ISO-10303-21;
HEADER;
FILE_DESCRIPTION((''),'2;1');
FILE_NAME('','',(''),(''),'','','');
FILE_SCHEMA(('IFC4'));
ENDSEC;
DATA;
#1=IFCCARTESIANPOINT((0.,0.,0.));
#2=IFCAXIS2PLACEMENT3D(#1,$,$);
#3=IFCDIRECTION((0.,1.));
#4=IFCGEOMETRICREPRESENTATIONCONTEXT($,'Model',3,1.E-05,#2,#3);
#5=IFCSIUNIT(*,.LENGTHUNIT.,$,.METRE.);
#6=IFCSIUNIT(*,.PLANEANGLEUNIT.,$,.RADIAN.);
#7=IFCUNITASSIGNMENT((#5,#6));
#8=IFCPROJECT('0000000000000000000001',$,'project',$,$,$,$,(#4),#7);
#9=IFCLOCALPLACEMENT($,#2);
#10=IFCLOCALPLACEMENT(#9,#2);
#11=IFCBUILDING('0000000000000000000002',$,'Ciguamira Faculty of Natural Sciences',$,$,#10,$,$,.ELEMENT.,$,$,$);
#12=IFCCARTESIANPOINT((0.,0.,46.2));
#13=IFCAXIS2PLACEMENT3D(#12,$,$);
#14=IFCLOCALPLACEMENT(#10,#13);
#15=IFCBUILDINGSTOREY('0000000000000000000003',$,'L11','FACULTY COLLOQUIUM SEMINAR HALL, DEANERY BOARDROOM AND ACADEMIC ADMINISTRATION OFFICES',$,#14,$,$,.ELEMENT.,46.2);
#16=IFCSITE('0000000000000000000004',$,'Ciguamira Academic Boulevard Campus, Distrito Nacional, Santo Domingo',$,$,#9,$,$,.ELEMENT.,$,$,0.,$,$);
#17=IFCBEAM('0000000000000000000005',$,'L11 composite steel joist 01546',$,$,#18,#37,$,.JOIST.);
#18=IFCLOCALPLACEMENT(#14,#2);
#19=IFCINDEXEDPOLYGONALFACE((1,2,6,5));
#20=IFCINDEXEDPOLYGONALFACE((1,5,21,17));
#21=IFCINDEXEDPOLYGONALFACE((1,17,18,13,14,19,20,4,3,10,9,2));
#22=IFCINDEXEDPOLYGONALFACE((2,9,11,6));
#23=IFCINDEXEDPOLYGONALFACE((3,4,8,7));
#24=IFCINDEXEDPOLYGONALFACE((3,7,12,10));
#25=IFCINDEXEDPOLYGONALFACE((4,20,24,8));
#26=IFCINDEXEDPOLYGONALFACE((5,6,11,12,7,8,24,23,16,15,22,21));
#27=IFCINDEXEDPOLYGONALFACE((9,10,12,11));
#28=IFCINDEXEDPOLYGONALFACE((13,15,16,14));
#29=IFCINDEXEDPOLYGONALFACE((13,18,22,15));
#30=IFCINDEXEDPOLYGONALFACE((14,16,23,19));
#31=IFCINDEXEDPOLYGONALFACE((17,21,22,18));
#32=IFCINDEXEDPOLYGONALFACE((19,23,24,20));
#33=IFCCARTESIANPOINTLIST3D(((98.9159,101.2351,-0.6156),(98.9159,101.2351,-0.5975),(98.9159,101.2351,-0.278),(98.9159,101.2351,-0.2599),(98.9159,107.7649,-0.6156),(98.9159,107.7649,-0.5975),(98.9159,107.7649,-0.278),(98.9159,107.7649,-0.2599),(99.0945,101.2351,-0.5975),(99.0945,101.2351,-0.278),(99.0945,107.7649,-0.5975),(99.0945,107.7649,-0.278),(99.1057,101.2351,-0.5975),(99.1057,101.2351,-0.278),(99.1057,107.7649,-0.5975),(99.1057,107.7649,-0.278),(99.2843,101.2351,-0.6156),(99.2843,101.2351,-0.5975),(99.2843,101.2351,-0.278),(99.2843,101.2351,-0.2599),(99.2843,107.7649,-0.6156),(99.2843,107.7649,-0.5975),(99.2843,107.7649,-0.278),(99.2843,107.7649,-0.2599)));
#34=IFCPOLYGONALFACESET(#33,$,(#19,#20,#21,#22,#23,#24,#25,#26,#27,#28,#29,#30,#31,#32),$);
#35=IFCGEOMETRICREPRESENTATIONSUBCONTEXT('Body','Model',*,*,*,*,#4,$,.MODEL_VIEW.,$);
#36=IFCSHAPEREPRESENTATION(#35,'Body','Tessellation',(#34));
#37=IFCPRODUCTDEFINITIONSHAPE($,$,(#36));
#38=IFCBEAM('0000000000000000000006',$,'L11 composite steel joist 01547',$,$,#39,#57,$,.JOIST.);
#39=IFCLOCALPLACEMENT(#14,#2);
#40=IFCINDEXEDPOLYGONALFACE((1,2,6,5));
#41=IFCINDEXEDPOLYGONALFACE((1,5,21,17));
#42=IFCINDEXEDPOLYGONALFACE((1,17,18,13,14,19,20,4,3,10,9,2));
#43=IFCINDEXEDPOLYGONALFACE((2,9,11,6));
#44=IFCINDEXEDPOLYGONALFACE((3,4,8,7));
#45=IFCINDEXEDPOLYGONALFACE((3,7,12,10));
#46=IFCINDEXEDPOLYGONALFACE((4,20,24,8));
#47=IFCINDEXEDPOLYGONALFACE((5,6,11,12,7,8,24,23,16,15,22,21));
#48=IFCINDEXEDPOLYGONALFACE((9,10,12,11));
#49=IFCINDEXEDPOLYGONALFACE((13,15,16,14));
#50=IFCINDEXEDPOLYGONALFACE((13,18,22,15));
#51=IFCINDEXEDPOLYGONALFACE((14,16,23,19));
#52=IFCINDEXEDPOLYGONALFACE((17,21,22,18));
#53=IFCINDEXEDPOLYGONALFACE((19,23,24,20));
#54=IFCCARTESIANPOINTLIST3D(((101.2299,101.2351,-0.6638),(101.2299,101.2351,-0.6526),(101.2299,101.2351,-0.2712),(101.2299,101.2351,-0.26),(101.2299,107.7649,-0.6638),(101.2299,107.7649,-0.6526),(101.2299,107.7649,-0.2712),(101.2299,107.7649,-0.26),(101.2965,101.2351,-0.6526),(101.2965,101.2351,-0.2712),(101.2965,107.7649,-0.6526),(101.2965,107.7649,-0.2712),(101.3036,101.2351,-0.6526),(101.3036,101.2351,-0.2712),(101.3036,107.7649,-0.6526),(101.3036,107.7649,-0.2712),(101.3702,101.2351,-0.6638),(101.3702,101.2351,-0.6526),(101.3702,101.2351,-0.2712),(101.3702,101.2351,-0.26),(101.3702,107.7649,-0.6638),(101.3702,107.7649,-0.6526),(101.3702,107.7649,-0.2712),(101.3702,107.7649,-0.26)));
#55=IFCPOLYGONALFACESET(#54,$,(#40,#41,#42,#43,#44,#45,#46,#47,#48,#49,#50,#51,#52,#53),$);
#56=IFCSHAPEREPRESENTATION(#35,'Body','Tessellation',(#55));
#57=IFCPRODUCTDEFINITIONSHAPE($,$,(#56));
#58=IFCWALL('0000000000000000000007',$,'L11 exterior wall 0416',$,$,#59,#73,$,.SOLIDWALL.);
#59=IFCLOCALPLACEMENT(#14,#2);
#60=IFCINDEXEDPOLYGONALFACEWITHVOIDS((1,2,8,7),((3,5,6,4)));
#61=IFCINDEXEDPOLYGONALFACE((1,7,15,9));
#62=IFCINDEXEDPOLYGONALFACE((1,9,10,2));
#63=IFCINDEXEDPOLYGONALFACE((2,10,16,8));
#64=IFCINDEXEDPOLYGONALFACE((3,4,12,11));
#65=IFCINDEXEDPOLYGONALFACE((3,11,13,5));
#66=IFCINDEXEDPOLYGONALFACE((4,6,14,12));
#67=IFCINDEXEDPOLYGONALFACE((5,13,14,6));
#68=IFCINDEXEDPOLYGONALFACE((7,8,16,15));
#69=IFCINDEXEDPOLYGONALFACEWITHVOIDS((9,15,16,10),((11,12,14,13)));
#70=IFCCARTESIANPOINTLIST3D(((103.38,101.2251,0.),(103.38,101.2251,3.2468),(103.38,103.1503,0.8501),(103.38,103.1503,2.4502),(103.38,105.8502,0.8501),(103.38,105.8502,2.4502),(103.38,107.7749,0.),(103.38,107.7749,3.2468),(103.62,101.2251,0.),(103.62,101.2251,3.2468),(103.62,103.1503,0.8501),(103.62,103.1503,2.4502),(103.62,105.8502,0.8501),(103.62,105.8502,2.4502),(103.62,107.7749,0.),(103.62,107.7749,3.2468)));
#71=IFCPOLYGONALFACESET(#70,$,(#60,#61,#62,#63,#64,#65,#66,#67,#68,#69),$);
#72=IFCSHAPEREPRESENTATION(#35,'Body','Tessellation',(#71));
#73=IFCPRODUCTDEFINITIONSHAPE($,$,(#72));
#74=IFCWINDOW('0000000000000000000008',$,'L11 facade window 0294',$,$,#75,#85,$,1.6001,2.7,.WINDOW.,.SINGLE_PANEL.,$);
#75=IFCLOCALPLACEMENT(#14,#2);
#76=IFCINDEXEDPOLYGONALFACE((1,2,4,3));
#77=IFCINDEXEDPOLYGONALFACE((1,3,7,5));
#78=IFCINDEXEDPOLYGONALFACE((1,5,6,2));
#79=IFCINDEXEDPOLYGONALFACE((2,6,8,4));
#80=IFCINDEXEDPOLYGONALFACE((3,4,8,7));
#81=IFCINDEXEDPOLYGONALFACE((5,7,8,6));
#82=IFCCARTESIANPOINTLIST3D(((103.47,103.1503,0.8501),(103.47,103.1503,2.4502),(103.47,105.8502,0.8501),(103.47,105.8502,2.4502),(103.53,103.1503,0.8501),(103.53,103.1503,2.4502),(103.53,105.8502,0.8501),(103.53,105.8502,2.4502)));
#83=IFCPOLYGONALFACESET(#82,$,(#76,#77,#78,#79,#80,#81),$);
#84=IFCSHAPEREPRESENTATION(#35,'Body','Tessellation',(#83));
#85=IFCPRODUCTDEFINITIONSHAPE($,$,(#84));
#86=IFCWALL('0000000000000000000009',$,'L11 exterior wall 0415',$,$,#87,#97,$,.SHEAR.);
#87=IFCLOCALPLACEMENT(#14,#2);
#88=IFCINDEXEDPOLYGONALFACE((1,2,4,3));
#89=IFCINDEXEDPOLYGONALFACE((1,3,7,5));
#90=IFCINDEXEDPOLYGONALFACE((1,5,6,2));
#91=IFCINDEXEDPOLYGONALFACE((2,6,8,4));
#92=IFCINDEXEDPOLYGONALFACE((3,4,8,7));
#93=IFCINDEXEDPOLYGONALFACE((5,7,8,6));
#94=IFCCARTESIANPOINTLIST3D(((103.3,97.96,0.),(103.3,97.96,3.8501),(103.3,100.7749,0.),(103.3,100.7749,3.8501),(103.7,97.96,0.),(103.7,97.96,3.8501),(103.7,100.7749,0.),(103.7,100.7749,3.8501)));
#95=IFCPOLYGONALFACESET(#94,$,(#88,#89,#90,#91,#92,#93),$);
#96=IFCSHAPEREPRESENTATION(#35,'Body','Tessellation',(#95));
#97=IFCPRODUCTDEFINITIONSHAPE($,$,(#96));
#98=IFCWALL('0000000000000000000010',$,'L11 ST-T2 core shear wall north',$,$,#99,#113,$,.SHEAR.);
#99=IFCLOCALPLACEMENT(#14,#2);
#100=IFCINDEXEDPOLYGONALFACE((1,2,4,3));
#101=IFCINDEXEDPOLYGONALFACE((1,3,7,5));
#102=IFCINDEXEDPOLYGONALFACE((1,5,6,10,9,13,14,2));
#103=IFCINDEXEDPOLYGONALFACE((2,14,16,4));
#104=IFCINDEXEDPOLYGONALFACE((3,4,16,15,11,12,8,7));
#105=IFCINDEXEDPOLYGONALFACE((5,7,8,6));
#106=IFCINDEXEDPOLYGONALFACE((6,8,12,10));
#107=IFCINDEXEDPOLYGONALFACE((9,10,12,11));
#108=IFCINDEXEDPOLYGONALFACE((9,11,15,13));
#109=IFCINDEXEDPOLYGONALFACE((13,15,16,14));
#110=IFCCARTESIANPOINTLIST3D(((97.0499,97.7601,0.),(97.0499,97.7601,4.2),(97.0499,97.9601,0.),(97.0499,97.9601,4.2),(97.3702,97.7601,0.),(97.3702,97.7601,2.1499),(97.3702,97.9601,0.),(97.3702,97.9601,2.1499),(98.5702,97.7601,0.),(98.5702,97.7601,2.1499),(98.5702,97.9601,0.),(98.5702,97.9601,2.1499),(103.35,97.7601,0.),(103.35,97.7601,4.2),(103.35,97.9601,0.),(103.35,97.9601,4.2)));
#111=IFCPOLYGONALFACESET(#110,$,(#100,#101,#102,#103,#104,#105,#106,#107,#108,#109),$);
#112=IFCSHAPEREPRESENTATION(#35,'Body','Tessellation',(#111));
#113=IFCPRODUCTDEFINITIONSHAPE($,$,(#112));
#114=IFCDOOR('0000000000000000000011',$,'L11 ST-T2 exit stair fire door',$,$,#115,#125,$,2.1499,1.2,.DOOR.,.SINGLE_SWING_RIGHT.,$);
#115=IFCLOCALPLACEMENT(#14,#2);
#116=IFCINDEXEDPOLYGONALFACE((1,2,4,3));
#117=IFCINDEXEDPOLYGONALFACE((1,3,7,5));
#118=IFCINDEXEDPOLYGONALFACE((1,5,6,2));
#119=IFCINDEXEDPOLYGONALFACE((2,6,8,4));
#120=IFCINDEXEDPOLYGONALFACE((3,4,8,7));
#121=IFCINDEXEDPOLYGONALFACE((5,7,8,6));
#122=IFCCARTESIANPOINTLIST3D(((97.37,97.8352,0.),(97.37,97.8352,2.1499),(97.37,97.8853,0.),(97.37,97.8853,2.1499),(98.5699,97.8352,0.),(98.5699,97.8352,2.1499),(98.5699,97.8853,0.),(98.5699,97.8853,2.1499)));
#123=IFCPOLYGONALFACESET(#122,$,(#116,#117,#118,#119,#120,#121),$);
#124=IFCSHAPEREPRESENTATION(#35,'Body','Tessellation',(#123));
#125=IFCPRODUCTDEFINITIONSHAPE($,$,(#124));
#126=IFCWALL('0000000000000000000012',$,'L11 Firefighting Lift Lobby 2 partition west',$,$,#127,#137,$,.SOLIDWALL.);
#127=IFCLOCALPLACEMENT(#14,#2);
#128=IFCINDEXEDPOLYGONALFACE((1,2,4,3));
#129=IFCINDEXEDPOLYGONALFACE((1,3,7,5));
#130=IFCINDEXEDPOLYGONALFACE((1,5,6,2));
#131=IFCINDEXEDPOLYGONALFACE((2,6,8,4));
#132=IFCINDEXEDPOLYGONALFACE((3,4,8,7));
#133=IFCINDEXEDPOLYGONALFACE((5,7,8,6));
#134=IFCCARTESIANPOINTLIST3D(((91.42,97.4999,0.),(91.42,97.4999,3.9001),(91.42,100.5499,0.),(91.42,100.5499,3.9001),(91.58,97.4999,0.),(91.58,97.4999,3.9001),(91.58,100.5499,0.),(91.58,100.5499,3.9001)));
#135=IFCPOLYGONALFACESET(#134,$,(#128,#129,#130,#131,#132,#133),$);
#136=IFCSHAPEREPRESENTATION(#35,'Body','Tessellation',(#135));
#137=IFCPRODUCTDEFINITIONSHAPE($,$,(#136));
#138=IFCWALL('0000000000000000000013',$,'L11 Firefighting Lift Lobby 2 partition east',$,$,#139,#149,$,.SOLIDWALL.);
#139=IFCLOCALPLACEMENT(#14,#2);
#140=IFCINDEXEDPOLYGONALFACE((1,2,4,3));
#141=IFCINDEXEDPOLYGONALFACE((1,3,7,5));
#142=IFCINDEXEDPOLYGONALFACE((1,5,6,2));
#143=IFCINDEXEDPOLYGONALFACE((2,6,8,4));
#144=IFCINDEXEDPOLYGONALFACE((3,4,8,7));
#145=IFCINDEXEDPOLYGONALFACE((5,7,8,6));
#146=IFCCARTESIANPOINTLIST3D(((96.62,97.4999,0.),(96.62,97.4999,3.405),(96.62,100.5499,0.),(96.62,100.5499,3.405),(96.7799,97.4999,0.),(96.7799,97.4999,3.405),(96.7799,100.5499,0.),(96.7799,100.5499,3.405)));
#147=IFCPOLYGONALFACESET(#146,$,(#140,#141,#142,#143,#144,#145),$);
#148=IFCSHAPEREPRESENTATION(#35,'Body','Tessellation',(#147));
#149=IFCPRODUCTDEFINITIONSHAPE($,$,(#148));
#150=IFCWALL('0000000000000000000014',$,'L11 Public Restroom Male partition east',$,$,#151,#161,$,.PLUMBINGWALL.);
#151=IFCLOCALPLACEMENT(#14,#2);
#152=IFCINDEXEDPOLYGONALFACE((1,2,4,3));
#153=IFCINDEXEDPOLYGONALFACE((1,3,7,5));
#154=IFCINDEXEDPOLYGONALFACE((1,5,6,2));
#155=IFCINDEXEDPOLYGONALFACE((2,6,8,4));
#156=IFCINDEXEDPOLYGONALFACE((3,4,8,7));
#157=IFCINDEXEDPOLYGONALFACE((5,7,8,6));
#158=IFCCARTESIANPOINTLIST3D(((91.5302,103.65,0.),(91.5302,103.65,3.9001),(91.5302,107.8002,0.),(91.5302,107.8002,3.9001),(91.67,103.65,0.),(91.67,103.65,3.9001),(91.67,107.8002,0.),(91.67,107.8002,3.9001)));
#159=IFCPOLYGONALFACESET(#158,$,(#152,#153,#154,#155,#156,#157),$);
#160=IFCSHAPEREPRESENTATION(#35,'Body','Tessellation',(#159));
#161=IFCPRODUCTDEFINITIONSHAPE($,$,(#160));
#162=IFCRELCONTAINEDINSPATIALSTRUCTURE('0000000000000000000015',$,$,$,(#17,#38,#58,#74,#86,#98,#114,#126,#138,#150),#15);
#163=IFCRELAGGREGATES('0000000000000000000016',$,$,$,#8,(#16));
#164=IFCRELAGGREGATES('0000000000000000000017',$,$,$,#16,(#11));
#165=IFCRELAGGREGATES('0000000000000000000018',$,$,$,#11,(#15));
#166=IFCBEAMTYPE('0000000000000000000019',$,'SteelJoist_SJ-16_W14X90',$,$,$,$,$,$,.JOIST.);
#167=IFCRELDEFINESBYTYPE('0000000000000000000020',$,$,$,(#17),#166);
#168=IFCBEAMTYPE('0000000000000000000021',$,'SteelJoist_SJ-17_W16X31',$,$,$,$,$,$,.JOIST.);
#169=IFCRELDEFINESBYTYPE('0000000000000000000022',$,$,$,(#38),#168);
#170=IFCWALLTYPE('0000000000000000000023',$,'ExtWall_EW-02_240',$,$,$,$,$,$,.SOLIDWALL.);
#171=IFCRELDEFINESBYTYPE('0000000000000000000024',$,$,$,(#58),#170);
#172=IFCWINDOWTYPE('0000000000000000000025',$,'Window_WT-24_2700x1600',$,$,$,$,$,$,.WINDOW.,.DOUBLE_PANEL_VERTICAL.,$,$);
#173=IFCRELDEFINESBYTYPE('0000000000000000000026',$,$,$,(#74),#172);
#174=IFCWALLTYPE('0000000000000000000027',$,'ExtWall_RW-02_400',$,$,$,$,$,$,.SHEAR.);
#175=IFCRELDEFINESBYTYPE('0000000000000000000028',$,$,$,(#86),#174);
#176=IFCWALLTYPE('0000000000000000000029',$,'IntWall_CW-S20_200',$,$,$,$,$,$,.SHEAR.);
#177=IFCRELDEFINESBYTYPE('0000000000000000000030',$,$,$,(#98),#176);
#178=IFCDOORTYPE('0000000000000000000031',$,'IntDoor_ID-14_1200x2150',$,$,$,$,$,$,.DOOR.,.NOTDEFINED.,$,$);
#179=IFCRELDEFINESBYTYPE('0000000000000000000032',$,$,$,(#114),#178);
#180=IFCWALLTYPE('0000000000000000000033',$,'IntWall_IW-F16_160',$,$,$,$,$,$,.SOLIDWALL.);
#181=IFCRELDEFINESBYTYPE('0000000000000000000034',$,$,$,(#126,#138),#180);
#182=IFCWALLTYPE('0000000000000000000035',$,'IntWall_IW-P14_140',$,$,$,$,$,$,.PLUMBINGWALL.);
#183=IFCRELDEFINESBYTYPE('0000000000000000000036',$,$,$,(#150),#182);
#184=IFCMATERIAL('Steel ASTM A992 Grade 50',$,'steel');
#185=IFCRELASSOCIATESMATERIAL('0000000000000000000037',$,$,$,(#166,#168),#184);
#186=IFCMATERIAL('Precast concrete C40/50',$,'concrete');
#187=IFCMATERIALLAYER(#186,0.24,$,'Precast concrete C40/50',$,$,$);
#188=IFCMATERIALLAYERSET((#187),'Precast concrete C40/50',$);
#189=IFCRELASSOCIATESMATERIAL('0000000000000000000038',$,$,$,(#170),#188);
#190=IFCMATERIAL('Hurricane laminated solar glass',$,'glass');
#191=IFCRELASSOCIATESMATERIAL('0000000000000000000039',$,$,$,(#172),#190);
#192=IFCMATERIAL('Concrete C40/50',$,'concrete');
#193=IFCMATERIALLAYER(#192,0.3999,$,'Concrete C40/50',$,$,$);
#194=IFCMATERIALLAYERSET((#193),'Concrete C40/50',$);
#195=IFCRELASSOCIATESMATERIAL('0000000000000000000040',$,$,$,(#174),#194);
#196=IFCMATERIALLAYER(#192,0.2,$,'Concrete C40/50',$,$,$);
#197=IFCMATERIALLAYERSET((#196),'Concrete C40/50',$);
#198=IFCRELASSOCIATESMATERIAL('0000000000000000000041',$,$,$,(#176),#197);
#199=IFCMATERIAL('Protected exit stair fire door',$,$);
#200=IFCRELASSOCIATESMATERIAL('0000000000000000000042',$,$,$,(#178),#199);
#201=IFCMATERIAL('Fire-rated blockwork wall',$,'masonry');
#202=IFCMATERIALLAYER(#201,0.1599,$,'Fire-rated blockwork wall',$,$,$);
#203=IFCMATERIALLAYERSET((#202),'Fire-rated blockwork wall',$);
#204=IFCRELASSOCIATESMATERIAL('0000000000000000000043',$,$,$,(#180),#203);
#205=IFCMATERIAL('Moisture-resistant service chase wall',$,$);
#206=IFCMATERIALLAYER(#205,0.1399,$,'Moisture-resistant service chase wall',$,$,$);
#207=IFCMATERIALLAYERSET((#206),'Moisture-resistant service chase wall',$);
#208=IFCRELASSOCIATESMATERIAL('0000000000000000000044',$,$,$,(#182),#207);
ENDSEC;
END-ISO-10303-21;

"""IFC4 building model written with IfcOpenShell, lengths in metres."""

from ifc_helpers import new_model, si_unit, direction, frame, frame_2d, origin, origin_2d, place, context, subcontext, project, spatial, rectangle, i_section, extrude, material, layer, layer_set, material_profile, profile_set, type_object, element, fill, save


model = new_model("IFC4")

# Units and contexts
model_context = context("Model", 3, precision=1e-05, world=origin(), true_north=direction((0.0, 1.0)))
body_context = subcontext(model_context, "Body", "Model", "MODEL_VIEW")
ifc_project = project(units=[si_unit("LENGTHUNIT", "METRE"), si_unit("PLANEANGLEUNIT", "RADIAN")], contexts=[model_context])

# Site, building, storey
site_placement = place(None, origin())
site = spatial("IfcSite", under=ifc_project, at=site_placement, Name="Ciguamira Academic Boulevard Campus, Distrito Nacional, Santo Domingo", CompositionType="ELEMENT", RefElevation=0.0)
building_placement = place(site_placement, origin())
building = spatial("IfcBuilding", under=site, at=building_placement, Name="Ciguamira Faculty of Natural Sciences", CompositionType="ELEMENT")
storey_placement = place(building_placement, frame((0.0, 0.0, 46.2)))
storey = spatial("IfcBuildingStorey", under=building, at=storey_placement, Name="L11", Description="FACULTY COLLOQUIUM SEMINAR HALL, DEANERY BOARDROOM AND ACADEMIC ADMINISTRATION OFFICES", CompositionType="ELEMENT", Elevation=46.2)

# Shared definitions
ifc_material_1 = material(Name="Concrete C40/50", Category="concrete")

# Beams
ifc_material_2 = material(Name="Precast concrete C40/50", Category="concrete")
ifc_material_3 = material(Name="Steel ASTM A992 Grade 50", Category="steel")
ifc_material_profile_1 = material_profile(ifc_material_3, i_section(OverallWidth=0.3684, OverallDepth=0.3557, WebThickness=0.0112, FlangeThickness=0.0181, at=origin_2d()), Name="W14X90")
ifc_profile_set_1 = profile_set([ifc_material_profile_1], Name="Steel ASTM A992 Grade 50")
beam_type_1 = type_object("IfcBeamType", Name="SteelJoist_SJ-16_W14X90", PredefinedType="JOIST", material=ifc_profile_set_1)
beam_1_placement = place(storey_placement, frame((99.1001, 101.2351, -0.4377), z_axis=(0.0, 1.0, 0.0), x_axis=(-1.0, 0.0, 0.0)))
element("IfcBeam", 1, at=beam_1_placement, inside=storey, type_object=beam_type_1, Name="L11 composite steel joist 01546", PredefinedType="JOIST", context=body_context, shape_type="SweptSolid", body=[
    extrude(i_section(OverallWidth=0.3684, OverallDepth=0.3557, WebThickness=0.0112, FlangeThickness=0.0181, at=origin_2d()), origin(), (0.0, 0.0, 1.0), 6.5298),
])
ifc_material_profile_2 = material_profile(ifc_material_3, i_section(OverallWidth=0.1404, OverallDepth=0.4038, WebThickness=0.0071, FlangeThickness=0.0112, at=origin_2d()), Name="W16X31")
ifc_profile_set_2 = profile_set([ifc_material_profile_2], Name="Steel ASTM A992 Grade 50")
beam_type_2 = type_object("IfcBeamType", Name="SteelJoist_SJ-17_W16X31", PredefinedType="JOIST", material=ifc_profile_set_2)
beam_2_placement = place(storey_placement, frame((101.3, 101.2351, -0.4619), z_axis=(0.0, 1.0, 0.0), x_axis=(-1.0, 0.0, 0.0)))
element("IfcBeam", 2, at=beam_2_placement, inside=storey, type_object=beam_type_2, Name="L11 composite steel joist 01547", PredefinedType="JOIST", context=body_context, shape_type="SweptSolid", body=[
    extrude(i_section(OverallWidth=0.1404, OverallDepth=0.4038, WebThickness=0.0071, FlangeThickness=0.0112, at=origin_2d()), origin(), (0.0, 0.0, 1.0), 6.5298),
])

# Wall, opening, window
ifc_layer_1 = layer(ifc_material_2, 0.24, Name="Precast concrete C40/50")
ifc_layer_set_1 = layer_set([ifc_layer_1], Name="Precast concrete C40/50")
wall_type_1 = type_object("IfcWallType", Name="ExtWall_EW-02_240", PredefinedType="SOLIDWALL", material=ifc_layer_set_1)
wall_1_placement = place(storey_placement, frame((103.5, 101.2251, 0.0), z_axis=(0.0, 0.0, 1.0), x_axis=(0.0, 1.0, 0.0)))
wall_1 = element("IfcWall", 3, at=wall_1_placement, inside=storey, type_object=wall_type_1, Name="L11 exterior wall 0416", PredefinedType="SOLIDWALL", context=body_context, shape_type="SweptSolid", body=[
    extrude(rectangle(XDim=6.5498, YDim=0.24, at=frame_2d((3.2749, 0.0))), origin(), (0.0, 0.0, 1.0), 3.2468),
])
opening_1_placement = place(wall_1_placement, frame((1.925, 0.0, 0.8501)))
opening_1 = element("IfcOpeningElement", 4, at=opening_1_placement, cuts=wall_1, PredefinedType="OPENING", context=body_context, shape_type="SweptSolid", body=[
    extrude(rectangle(XDim=2.7, YDim=1.6001, at=frame_2d((1.3501, 0.8))), frame((0.0, 0.1299, 0.0), z_axis=(0.0, -1.0, 0.0), x_axis=(1.0, 0.0, 0.0)), (0.0, 0.0, 1.0), 0.26),
])
ifc_material_4 = material(Name="Hurricane laminated solar glass", Category="glass")
window_type = type_object("IfcWindowType", Name="Window_WT-24_2700x1600", PartitioningType="DOUBLE_PANEL_VERTICAL", PredefinedType="WINDOW", material=ifc_material_4)
window_placement = place(opening_1_placement, origin())
window = element("IfcWindow", 5, at=window_placement, inside=storey, type_object=window_type, Name="L11 facade window 0294", OverallHeight=1.6001, OverallWidth=2.7, PartitioningType="SINGLE_PANEL", PredefinedType="WINDOW", context=body_context, shape_type="SweptSolid", body=[
    extrude(rectangle(XDim=2.7, YDim=1.6001, at=frame_2d((1.3501, 0.8))), frame((0.0, 0.03, 0.0), z_axis=(0.0, -1.0, 0.0), x_axis=(1.0, 0.0, 0.0)), (0.0, 0.0, 1.0), 0.0601),
])
fill(opening_1, window)

# Wall
ifc_layer_2 = layer(ifc_material_1, 0.3999, Name="Concrete C40/50")
ifc_layer_set_2 = layer_set([ifc_layer_2], Name="Concrete C40/50")
wall_type_2 = type_object("IfcWallType", Name="ExtWall_RW-02_400", PredefinedType="SHEAR", material=ifc_layer_set_2)
wall_2_placement = place(storey_placement, frame((103.5, 97.96, 0.0), z_axis=(0.0, 0.0, 1.0), x_axis=(0.0, 1.0, 0.0)))
element("IfcWall", 6, at=wall_2_placement, inside=storey, type_object=wall_type_2, Name="L11 exterior wall 0415", PredefinedType="SHEAR", context=body_context, shape_type="SweptSolid", body=[
    extrude(rectangle(XDim=2.8149, YDim=0.3999, at=frame_2d((1.4075, 0.0))), origin(), (0.0, 0.0, 1.0), 3.8501),
])

# Wall, opening, door
ifc_layer_3 = layer(ifc_material_1, 0.2, Name="Concrete C40/50")
ifc_layer_set_3 = layer_set([ifc_layer_3], Name="Concrete C40/50")
wall_type_3 = type_object("IfcWallType", Name="IntWall_CW-S20_200", PredefinedType="SHEAR", material=ifc_layer_set_3)
wall_3_placement = place(storey_placement, frame((97.05, 97.8601, 0.0), z_axis=(0.0, 0.0, 1.0), x_axis=(1.0, 0.0, 0.0)))
wall_3 = element("IfcWall", 7, at=wall_3_placement, inside=storey, type_object=wall_type_3, Name="L11 ST-T2 core shear wall north", PredefinedType="SHEAR", context=body_context, shape_type="SweptSolid", body=[
    extrude(rectangle(XDim=6.3, YDim=0.2, at=frame_2d((3.1499, 0.0))), origin(), (0.0, 0.0, 1.0), 4.2),
])
opening_2_placement = place(wall_3_placement, frame((0.3201, 0.0, 0.0)))
opening_2 = element("IfcOpeningElement", 8, at=opening_2_placement, cuts=wall_3, PredefinedType="OPENING", context=body_context, shape_type="SweptSolid", body=[
    extrude(rectangle(XDim=1.2, YDim=2.1499, at=frame_2d((0.6001, 1.075))), frame((0.0, 0.1099, 0.0), z_axis=(0.0, -1.0, 0.0), x_axis=(1.0, 0.0, 0.0)), (0.0, 0.0, 1.0), 0.22),
])
ifc_material_5 = material(Name="Protected exit stair fire door")
door_type_1 = type_object("IfcDoorType", Name="IntDoor_ID-14_1200x2150", OperationType="NOTDEFINED", PredefinedType="DOOR", material=ifc_material_5)
door_1_placement = place(opening_2_placement, frame((1.2, 0.0, 0.0), z_axis=(0.0, 0.0, 1.0), x_axis=(-1.0, 0.0, 0.0)))
door_1 = element("IfcDoor", 9, at=door_1_placement, inside=storey, type_object=door_type_1, Name="L11 ST-T2 exit stair fire door", OperationType="SINGLE_SWING_RIGHT", OverallHeight=2.1499, OverallWidth=1.2, PredefinedType="DOOR", context=body_context, shape_type="SweptSolid", body=[
    extrude(rectangle(XDim=1.2, YDim=2.1499, at=frame_2d((0.6001, 1.075))), frame((0.0, 0.0249, 0.0), z_axis=(0.0, -1.0, 0.0), x_axis=(1.0, 0.0, 0.0)), (0.0, 0.0, 1.0), 0.05),
])
fill(opening_2, door_1)
ifc_material_6 = material(Name="Fire-rated blockwork wall", Category="masonry")
ifc_layer_4 = layer(ifc_material_6, 0.1599, Name="Fire-rated blockwork wall")
ifc_layer_set_4 = layer_set([ifc_layer_4], Name="Fire-rated blockwork wall")
wall_type_4 = type_object("IfcWallType", Name="IntWall_IW-F16_160", PredefinedType="SOLIDWALL", material=ifc_layer_set_4)

# Walls
wall_4_placement = place(storey_placement, frame((91.5, 97.5, 0.0), z_axis=(0.0, 0.0, 1.0), x_axis=(0.0, 1.0, 0.0)))
element("IfcWall", 10, at=wall_4_placement, inside=storey, type_object=wall_type_4, Name="L11 Firefighting Lift Lobby 2 partition west", PredefinedType="SOLIDWALL", context=body_context, shape_type="SweptSolid", body=[
    extrude(rectangle(XDim=3.05, YDim=0.1599, at=frame_2d((1.5249, 0.0))), origin(), (0.0, 0.0, 1.0), 3.9001),
])
wall_5_placement = place(storey_placement, frame((96.7, 97.5, 0.0), z_axis=(0.0, 0.0, 1.0), x_axis=(0.0, 1.0, 0.0)))
element("IfcWall", 11, at=wall_5_placement, inside=storey, type_object=wall_type_4, Name="L11 Firefighting Lift Lobby 2 partition east", PredefinedType="SOLIDWALL", context=body_context, shape_type="SweptSolid", body=[
    extrude(rectangle(XDim=3.05, YDim=0.1599, at=frame_2d((1.5249, 0.0))), origin(), (0.0, 0.0, 1.0), 3.405),
])
ifc_material_7 = material(Name="Moisture-resistant service chase wall")
ifc_layer_5 = layer(ifc_material_7, 0.1399, Name="Moisture-resistant service chase wall")
ifc_layer_set_5 = layer_set([ifc_layer_5], Name="Moisture-resistant service chase wall")
wall_type_5 = type_object("IfcWallType", Name="IntWall_IW-P14_140", PredefinedType="PLUMBINGWALL", material=ifc_layer_set_5)
wall_6_placement = place(storey_placement, frame((91.6001, 103.6499, 0.0), z_axis=(0.0, 0.0, 1.0), x_axis=(0.0, 1.0, 0.0)))
element("IfcWall", 12, at=wall_6_placement, inside=storey, type_object=wall_type_5, Name="L11 Public Restroom Male partition east", PredefinedType="PLUMBINGWALL", context=body_context, shape_type="SweptSolid", body=[
    extrude(rectangle(XDim=4.1501, YDim=0.1399, at=frame_2d((2.0752, 0.0))), origin(), (0.0, 0.0, 1.0), 3.9001),
])

save(model, "model.ifc")
